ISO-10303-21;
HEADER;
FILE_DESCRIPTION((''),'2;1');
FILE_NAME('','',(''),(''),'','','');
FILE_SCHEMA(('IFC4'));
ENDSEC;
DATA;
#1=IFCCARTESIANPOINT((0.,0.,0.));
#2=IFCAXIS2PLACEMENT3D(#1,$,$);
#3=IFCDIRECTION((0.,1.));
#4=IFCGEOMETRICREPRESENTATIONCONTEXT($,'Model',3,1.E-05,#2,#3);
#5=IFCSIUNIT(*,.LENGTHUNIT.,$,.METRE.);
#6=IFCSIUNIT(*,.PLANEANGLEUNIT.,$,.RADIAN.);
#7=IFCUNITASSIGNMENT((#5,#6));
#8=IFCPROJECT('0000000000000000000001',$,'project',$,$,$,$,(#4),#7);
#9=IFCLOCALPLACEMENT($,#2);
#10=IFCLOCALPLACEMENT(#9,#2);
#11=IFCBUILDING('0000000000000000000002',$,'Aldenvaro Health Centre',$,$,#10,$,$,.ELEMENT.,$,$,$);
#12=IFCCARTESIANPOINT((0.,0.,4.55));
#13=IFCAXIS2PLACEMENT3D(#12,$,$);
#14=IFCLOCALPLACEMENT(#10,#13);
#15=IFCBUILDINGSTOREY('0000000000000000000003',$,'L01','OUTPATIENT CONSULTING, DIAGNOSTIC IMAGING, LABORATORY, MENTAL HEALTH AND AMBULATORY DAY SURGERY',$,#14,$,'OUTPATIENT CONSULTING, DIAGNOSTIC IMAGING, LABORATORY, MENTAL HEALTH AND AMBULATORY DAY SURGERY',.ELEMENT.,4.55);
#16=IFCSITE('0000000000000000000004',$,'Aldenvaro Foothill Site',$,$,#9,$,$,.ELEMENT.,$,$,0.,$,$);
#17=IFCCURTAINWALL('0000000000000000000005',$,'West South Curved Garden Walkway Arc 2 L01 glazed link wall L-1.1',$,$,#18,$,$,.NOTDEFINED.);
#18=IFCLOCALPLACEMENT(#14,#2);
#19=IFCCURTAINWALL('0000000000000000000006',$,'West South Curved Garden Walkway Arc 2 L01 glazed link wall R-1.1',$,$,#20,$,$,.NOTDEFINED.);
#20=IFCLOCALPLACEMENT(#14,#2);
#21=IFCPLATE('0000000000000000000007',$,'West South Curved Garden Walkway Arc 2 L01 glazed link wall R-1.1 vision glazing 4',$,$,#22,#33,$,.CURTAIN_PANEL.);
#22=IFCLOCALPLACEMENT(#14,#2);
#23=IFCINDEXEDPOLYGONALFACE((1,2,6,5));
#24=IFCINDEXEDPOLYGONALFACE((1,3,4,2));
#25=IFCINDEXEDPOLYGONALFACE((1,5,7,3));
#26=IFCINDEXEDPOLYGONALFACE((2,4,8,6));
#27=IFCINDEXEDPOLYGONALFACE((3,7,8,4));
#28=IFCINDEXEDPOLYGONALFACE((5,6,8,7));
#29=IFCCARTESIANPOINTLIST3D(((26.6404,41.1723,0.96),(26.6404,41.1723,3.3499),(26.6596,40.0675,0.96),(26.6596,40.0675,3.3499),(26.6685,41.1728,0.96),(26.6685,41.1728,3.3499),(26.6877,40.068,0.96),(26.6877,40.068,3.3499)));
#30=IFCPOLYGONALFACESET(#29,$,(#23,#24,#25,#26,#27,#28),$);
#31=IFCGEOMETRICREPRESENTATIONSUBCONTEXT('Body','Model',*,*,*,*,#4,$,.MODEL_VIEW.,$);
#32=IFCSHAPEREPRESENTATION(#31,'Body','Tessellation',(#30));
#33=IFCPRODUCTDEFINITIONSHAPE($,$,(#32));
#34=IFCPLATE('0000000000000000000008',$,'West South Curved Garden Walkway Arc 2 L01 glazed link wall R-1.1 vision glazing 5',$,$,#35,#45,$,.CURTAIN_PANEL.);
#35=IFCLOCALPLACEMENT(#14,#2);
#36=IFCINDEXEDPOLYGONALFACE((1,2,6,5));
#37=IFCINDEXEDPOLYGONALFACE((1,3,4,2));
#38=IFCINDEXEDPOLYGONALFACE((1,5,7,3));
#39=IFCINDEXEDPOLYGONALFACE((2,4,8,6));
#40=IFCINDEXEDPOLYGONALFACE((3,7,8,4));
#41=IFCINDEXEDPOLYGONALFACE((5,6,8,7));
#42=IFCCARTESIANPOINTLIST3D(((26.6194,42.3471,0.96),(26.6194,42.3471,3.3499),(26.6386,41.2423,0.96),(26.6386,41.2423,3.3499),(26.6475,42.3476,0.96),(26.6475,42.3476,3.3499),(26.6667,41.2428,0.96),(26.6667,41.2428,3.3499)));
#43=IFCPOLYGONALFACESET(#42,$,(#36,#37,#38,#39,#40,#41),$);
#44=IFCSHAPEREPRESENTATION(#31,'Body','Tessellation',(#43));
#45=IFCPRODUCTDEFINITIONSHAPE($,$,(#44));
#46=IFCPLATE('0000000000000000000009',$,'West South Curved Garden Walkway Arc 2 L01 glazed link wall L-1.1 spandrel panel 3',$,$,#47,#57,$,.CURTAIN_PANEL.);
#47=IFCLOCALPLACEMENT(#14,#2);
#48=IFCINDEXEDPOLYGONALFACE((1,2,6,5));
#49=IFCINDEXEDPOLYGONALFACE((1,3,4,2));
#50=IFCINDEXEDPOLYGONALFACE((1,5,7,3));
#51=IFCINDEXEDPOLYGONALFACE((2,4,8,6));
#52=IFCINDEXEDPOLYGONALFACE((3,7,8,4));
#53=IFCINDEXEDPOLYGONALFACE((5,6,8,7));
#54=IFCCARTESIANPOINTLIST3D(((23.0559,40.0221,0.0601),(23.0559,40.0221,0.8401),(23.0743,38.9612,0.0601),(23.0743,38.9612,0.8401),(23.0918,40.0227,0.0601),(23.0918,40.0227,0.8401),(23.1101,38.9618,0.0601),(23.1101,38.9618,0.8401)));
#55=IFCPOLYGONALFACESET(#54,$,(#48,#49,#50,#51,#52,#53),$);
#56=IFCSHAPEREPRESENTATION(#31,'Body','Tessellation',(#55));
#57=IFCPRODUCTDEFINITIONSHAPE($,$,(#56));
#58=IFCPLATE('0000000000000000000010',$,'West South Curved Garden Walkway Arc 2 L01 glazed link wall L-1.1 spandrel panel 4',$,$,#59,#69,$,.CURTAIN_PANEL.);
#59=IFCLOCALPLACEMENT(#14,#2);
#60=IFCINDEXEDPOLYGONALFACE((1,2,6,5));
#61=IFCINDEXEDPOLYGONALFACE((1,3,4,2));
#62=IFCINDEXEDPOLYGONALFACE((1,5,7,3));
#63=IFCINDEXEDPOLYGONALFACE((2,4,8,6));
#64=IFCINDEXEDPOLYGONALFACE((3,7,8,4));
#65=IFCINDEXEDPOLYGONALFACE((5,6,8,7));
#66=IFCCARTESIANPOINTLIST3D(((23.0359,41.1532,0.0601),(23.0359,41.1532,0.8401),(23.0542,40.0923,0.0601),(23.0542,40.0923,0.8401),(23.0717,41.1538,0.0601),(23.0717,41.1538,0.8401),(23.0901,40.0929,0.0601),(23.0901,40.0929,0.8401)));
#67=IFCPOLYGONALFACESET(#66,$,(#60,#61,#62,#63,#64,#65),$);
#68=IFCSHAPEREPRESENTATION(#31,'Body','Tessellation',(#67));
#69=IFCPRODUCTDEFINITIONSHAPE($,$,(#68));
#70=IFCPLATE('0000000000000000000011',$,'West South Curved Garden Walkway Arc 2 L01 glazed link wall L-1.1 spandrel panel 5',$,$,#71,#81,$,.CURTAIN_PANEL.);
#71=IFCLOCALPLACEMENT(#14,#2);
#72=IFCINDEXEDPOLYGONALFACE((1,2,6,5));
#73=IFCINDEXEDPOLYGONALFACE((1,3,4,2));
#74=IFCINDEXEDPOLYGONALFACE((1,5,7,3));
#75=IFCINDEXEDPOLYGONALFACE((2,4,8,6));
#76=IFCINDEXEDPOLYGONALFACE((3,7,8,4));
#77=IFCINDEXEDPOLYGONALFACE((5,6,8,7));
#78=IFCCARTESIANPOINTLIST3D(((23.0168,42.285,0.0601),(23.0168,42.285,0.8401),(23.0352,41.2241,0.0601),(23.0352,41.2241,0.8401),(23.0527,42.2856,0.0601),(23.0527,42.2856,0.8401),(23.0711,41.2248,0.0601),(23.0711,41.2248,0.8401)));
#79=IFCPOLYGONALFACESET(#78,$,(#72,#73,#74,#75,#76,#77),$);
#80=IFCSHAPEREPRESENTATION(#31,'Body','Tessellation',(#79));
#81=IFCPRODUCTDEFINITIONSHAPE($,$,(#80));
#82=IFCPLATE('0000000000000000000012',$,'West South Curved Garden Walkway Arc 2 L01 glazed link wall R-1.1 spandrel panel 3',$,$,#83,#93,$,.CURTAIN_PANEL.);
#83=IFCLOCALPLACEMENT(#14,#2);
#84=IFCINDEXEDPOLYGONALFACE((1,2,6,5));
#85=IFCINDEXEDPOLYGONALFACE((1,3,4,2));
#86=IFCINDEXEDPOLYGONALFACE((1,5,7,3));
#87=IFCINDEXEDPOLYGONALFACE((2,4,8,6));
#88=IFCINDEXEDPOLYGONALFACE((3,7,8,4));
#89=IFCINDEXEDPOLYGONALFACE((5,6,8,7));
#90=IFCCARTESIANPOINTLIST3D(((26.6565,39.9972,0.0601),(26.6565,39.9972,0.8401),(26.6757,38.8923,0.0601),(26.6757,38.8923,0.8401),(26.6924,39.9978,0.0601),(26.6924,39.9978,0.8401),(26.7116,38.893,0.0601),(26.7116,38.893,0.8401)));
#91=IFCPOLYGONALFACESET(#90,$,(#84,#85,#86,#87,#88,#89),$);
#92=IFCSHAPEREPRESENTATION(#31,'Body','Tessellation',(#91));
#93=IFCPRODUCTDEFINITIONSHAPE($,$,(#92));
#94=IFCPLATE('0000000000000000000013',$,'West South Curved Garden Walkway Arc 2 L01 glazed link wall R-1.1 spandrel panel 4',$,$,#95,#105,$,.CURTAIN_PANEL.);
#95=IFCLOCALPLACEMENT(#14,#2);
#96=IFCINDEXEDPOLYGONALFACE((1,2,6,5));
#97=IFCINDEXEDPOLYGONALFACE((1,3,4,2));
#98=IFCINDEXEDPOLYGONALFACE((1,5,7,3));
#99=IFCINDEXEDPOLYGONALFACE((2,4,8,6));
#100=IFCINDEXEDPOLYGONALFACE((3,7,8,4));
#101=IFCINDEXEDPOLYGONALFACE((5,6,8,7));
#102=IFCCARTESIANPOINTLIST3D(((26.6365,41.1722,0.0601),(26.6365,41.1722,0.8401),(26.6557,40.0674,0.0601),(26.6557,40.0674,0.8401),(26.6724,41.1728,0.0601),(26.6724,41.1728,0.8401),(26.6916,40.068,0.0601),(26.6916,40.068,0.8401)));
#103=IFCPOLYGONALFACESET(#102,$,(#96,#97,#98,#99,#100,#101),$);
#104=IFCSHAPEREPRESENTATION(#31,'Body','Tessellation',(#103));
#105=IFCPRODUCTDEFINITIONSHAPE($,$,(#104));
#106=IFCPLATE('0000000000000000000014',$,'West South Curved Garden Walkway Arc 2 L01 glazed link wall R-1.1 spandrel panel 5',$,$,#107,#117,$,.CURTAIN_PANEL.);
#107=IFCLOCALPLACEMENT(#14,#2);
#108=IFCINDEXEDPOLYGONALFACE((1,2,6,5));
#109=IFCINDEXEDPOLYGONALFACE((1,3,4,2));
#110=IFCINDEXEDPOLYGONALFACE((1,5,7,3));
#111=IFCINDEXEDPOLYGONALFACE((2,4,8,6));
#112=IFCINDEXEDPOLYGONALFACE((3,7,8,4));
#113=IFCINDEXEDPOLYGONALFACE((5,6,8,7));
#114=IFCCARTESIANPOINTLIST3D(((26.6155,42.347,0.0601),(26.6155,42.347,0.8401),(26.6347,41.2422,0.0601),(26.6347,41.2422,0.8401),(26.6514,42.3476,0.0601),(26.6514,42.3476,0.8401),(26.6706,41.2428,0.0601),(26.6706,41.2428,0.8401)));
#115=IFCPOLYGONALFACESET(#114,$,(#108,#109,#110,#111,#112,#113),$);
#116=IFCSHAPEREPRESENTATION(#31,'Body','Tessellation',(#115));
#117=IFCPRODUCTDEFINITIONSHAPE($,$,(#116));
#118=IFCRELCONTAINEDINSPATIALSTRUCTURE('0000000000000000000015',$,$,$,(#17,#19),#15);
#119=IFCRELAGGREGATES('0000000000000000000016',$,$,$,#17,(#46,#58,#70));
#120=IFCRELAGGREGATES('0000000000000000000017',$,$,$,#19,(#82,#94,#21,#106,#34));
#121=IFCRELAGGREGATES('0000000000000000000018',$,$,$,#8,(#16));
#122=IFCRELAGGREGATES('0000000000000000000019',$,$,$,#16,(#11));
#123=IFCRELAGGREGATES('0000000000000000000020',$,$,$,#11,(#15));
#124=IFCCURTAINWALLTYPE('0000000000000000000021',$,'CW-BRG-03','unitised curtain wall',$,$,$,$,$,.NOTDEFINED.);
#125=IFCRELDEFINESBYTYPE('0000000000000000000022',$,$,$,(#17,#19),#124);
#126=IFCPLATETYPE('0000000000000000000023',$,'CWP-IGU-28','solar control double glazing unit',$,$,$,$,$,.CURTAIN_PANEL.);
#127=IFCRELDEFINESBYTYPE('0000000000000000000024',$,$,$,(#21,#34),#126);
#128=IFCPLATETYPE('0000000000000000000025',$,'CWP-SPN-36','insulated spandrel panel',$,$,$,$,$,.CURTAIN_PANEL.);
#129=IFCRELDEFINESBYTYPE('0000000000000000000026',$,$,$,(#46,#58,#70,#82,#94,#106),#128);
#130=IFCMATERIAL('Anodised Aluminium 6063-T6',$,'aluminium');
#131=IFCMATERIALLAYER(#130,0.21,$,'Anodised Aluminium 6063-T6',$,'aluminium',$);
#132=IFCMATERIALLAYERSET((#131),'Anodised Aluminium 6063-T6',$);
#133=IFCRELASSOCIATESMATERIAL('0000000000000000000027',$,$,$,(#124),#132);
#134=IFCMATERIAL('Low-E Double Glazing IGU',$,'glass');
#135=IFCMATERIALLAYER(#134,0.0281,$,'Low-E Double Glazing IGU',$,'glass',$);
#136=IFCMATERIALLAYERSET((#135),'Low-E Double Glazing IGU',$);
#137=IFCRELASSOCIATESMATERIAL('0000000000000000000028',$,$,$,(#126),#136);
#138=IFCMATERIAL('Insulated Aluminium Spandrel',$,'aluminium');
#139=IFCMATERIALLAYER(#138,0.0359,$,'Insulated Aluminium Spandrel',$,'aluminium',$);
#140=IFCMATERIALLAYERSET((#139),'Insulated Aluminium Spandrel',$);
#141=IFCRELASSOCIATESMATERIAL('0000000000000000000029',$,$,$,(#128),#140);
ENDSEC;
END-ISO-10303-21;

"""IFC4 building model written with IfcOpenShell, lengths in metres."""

from ifc_helpers import new_model, si_unit, direction, frame, origin, origin_2d, place, context, subcontext, project, spatial, rectangle, extrude, material, layer, layer_set, type_object, element, aggregate, save


model = new_model("IFC4")

# Units and contexts
model_context = context("Model", 3, precision=1e-05, world=origin(), true_north=direction((0.0, 1.0)))
body_context = subcontext(model_context, "Body", "Model", "MODEL_VIEW")
ifc_project = project(units=[si_unit("LENGTHUNIT", "METRE"), si_unit("PLANEANGLEUNIT", "RADIAN")], contexts=[model_context])

# Site, building, storey
site_placement = place(None, origin())
site = spatial("IfcSite", under=ifc_project, at=site_placement, Name="Aldenvaro Foothill Site", CompositionType="ELEMENT", RefElevation=0.0)
building_placement = place(site_placement, origin())
building = spatial("IfcBuilding", under=site, at=building_placement, Name="Aldenvaro Health Centre", CompositionType="ELEMENT")
storey_placement = place(building_placement, frame((0.0, 0.0, 4.55)))
storey = spatial("IfcBuildingStorey", under=building, at=storey_placement, Name="L01", Description="OUTPATIENT CONSULTING, DIAGNOSTIC IMAGING, LABORATORY, MENTAL HEALTH AND AMBULATORY DAY SURGERY", LongName="OUTPATIENT CONSULTING, DIAGNOSTIC IMAGING, LABORATORY, MENTAL HEALTH AND AMBULATORY DAY SURGERY", CompositionType="ELEMENT", Elevation=4.55)

# Curtain walls
ifc_material_1 = material(Name="Anodised Aluminium 6063-T6", Category="aluminium")
ifc_layer_1 = layer(ifc_material_1, 0.21, Name="Anodised Aluminium 6063-T6", Category="aluminium")
ifc_layer_set_1 = layer_set([ifc_layer_1], Name="Anodised Aluminium 6063-T6")
curtain_wall_type = type_object("IfcCurtainWallType", Name="CW-BRG-03", Description="unitised curtain wall", PredefinedType="NOTDEFINED", material=ifc_layer_set_1)
curtain_wall_1_placement = place(storey_placement, origin())
curtain_wall_1 = element("IfcCurtainWall", 1, at=curtain_wall_1_placement, inside=storey, type_object=curtain_wall_type, Name="West South Curved Garden Walkway Arc 2 L01 glazed link wall L-1.1", PredefinedType="NOTDEFINED")
curtain_wall_2_placement = place(storey_placement, origin())
curtain_wall_2 = element("IfcCurtainWall", 2, at=curtain_wall_2_placement, inside=storey, type_object=curtain_wall_type, Name="West South Curved Garden Walkway Arc 2 L01 glazed link wall R-1.1", PredefinedType="NOTDEFINED")

# Plates
ifc_material_2 = material(Name="Low-E Double Glazing IGU", Category="glass")
ifc_layer_2 = layer(ifc_material_2, 0.0281, Name="Low-E Double Glazing IGU", Category="glass")
ifc_layer_set_2 = layer_set([ifc_layer_2], Name="Low-E Double Glazing IGU")
plate_type_1 = type_object("IfcPlateType", Name="CWP-IGU-28", Description="solar control double glazing unit", PredefinedType="CURTAIN_PANEL", material=ifc_layer_set_2)
plate_1_placement = place(storey_placement, frame((26.6641, 40.6201, 0.96), z_axis=(0.0, 0.0, 1.0), x_axis=(-0.017362, 0.999849, 0.0)))
plate_1 = element("IfcPlate", 3, at=plate_1_placement, type_object=plate_type_1, Name="West South Curved Garden Walkway Arc 2 L01 glazed link wall R-1.1 vision glazing 4", PredefinedType="CURTAIN_PANEL", context=body_context, shape_type="SweptSolid", body=[
    extrude(rectangle(XDim=1.105, YDim=0.0281, at=origin_2d()), origin(), (0.0, 0.0, 1.0), 2.3899),
])
plate_2_placement = place(storey_placement, frame((26.6431, 41.7949, 0.96), z_axis=(0.0, 0.0, 1.0), x_axis=(-0.017362, 0.999849, 0.0)))
plate_2 = element("IfcPlate", 4, at=plate_2_placement, type_object=plate_type_1, Name="West South Curved Garden Walkway Arc 2 L01 glazed link wall R-1.1 vision glazing 5", PredefinedType="CURTAIN_PANEL", context=body_context, shape_type="SweptSolid", body=[
    extrude(rectangle(XDim=1.105, YDim=0.0281, at=origin_2d()), origin(), (0.0, 0.0, 1.0), 2.3899),
])
ifc_material_3 = material(Name="Insulated Aluminium Spandrel", Category="aluminium")
ifc_layer_3 = layer(ifc_material_3, 0.0359, Name="Insulated Aluminium Spandrel", Category="aluminium")
ifc_layer_set_3 = layer_set([ifc_layer_3], Name="Insulated Aluminium Spandrel")
plate_type_2 = type_object("IfcPlateType", Name="CWP-SPN-36", Description="insulated spandrel panel", PredefinedType="CURTAIN_PANEL", material=ifc_layer_set_3)
plate_3_placement = place(storey_placement, frame((23.083, 39.4919, 0.0601), z_axis=(0.0, 0.0, 1.0), x_axis=(-0.017327, 0.99985, 0.0)))
plate_3 = element("IfcPlate", 5, at=plate_3_placement, type_object=plate_type_2, Name="West South Curved Garden Walkway Arc 2 L01 glazed link wall L-1.1 spandrel panel 3", PredefinedType="CURTAIN_PANEL", context=body_context, shape_type="SweptSolid", body=[
    extrude(rectangle(XDim=1.061, YDim=0.0359, at=origin_2d()), origin(), (0.0, 0.0, 1.0), 0.78),
])
plate_4_placement = place(storey_placement, frame((23.063, 40.623, 0.0601), z_axis=(0.0, 0.0, 1.0), x_axis=(-0.017327, 0.99985, 0.0)))
plate_4 = element("IfcPlate", 6, at=plate_4_placement, type_object=plate_type_2, Name="West South Curved Garden Walkway Arc 2 L01 glazed link wall L-1.1 spandrel panel 4", PredefinedType="CURTAIN_PANEL", context=body_context, shape_type="SweptSolid", body=[
    extrude(rectangle(XDim=1.061, YDim=0.0359, at=origin_2d()), origin(), (0.0, 0.0, 1.0), 0.78),
])
plate_5_placement = place(storey_placement, frame((23.0439, 41.7549, 0.0601), z_axis=(0.0, 0.0, 1.0), x_axis=(-0.017327, 0.99985, 0.0)))
plate_5 = element("IfcPlate", 7, at=plate_5_placement, type_object=plate_type_2, Name="West South Curved Garden Walkway Arc 2 L01 glazed link wall L-1.1 spandrel panel 5", PredefinedType="CURTAIN_PANEL", context=body_context, shape_type="SweptSolid", body=[
    extrude(rectangle(XDim=1.061, YDim=0.0359, at=origin_2d()), origin(), (0.0, 0.0, 1.0), 0.78),
])
aggregate(curtain_wall_1, [plate_3, plate_4, plate_5])
plate_6_placement = place(storey_placement, frame((26.6841, 39.4451, 0.0601), z_axis=(0.0, 0.0, 1.0), x_axis=(-0.017362, 0.999849, 0.0)))
plate_6 = element("IfcPlate", 8, at=plate_6_placement, type_object=plate_type_2, Name="West South Curved Garden Walkway Arc 2 L01 glazed link wall R-1.1 spandrel panel 3", PredefinedType="CURTAIN_PANEL", context=body_context, shape_type="SweptSolid", body=[
    extrude(rectangle(XDim=1.105, YDim=0.0359, at=origin_2d()), origin(), (0.0, 0.0, 1.0), 0.78),
])
plate_7_placement = place(storey_placement, frame((26.6641, 40.6201, 0.0601), z_axis=(0.0, 0.0, 1.0), x_axis=(-0.017362, 0.999849, 0.0)))
plate_7 = element("IfcPlate", 9, at=plate_7_placement, type_object=plate_type_2, Name="West South Curved Garden Walkway Arc 2 L01 glazed link wall R-1.1 spandrel panel 4", PredefinedType="CURTAIN_PANEL", context=body_context, shape_type="SweptSolid", body=[
    extrude(rectangle(XDim=1.105, YDim=0.0359, at=origin_2d()), origin(), (0.0, 0.0, 1.0), 0.78),
])
plate_8_placement = place(storey_placement, frame((26.6431, 41.7949, 0.0601), z_axis=(0.0, 0.0, 1.0), x_axis=(-0.017362, 0.999849, 0.0)))
plate_8 = element("IfcPlate", 10, at=plate_8_placement, type_object=plate_type_2, Name="West South Curved Garden Walkway Arc 2 L01 glazed link wall R-1.1 spandrel panel 5", PredefinedType="CURTAIN_PANEL", context=body_context, shape_type="SweptSolid", body=[
    extrude(rectangle(XDim=1.105, YDim=0.0359, at=origin_2d()), origin(), (0.0, 0.0, 1.0), 0.78),
])
aggregate(curtain_wall_2, [plate_6, plate_7, plate_1, plate_8, plate_2])

save(model, "model.ifc")
